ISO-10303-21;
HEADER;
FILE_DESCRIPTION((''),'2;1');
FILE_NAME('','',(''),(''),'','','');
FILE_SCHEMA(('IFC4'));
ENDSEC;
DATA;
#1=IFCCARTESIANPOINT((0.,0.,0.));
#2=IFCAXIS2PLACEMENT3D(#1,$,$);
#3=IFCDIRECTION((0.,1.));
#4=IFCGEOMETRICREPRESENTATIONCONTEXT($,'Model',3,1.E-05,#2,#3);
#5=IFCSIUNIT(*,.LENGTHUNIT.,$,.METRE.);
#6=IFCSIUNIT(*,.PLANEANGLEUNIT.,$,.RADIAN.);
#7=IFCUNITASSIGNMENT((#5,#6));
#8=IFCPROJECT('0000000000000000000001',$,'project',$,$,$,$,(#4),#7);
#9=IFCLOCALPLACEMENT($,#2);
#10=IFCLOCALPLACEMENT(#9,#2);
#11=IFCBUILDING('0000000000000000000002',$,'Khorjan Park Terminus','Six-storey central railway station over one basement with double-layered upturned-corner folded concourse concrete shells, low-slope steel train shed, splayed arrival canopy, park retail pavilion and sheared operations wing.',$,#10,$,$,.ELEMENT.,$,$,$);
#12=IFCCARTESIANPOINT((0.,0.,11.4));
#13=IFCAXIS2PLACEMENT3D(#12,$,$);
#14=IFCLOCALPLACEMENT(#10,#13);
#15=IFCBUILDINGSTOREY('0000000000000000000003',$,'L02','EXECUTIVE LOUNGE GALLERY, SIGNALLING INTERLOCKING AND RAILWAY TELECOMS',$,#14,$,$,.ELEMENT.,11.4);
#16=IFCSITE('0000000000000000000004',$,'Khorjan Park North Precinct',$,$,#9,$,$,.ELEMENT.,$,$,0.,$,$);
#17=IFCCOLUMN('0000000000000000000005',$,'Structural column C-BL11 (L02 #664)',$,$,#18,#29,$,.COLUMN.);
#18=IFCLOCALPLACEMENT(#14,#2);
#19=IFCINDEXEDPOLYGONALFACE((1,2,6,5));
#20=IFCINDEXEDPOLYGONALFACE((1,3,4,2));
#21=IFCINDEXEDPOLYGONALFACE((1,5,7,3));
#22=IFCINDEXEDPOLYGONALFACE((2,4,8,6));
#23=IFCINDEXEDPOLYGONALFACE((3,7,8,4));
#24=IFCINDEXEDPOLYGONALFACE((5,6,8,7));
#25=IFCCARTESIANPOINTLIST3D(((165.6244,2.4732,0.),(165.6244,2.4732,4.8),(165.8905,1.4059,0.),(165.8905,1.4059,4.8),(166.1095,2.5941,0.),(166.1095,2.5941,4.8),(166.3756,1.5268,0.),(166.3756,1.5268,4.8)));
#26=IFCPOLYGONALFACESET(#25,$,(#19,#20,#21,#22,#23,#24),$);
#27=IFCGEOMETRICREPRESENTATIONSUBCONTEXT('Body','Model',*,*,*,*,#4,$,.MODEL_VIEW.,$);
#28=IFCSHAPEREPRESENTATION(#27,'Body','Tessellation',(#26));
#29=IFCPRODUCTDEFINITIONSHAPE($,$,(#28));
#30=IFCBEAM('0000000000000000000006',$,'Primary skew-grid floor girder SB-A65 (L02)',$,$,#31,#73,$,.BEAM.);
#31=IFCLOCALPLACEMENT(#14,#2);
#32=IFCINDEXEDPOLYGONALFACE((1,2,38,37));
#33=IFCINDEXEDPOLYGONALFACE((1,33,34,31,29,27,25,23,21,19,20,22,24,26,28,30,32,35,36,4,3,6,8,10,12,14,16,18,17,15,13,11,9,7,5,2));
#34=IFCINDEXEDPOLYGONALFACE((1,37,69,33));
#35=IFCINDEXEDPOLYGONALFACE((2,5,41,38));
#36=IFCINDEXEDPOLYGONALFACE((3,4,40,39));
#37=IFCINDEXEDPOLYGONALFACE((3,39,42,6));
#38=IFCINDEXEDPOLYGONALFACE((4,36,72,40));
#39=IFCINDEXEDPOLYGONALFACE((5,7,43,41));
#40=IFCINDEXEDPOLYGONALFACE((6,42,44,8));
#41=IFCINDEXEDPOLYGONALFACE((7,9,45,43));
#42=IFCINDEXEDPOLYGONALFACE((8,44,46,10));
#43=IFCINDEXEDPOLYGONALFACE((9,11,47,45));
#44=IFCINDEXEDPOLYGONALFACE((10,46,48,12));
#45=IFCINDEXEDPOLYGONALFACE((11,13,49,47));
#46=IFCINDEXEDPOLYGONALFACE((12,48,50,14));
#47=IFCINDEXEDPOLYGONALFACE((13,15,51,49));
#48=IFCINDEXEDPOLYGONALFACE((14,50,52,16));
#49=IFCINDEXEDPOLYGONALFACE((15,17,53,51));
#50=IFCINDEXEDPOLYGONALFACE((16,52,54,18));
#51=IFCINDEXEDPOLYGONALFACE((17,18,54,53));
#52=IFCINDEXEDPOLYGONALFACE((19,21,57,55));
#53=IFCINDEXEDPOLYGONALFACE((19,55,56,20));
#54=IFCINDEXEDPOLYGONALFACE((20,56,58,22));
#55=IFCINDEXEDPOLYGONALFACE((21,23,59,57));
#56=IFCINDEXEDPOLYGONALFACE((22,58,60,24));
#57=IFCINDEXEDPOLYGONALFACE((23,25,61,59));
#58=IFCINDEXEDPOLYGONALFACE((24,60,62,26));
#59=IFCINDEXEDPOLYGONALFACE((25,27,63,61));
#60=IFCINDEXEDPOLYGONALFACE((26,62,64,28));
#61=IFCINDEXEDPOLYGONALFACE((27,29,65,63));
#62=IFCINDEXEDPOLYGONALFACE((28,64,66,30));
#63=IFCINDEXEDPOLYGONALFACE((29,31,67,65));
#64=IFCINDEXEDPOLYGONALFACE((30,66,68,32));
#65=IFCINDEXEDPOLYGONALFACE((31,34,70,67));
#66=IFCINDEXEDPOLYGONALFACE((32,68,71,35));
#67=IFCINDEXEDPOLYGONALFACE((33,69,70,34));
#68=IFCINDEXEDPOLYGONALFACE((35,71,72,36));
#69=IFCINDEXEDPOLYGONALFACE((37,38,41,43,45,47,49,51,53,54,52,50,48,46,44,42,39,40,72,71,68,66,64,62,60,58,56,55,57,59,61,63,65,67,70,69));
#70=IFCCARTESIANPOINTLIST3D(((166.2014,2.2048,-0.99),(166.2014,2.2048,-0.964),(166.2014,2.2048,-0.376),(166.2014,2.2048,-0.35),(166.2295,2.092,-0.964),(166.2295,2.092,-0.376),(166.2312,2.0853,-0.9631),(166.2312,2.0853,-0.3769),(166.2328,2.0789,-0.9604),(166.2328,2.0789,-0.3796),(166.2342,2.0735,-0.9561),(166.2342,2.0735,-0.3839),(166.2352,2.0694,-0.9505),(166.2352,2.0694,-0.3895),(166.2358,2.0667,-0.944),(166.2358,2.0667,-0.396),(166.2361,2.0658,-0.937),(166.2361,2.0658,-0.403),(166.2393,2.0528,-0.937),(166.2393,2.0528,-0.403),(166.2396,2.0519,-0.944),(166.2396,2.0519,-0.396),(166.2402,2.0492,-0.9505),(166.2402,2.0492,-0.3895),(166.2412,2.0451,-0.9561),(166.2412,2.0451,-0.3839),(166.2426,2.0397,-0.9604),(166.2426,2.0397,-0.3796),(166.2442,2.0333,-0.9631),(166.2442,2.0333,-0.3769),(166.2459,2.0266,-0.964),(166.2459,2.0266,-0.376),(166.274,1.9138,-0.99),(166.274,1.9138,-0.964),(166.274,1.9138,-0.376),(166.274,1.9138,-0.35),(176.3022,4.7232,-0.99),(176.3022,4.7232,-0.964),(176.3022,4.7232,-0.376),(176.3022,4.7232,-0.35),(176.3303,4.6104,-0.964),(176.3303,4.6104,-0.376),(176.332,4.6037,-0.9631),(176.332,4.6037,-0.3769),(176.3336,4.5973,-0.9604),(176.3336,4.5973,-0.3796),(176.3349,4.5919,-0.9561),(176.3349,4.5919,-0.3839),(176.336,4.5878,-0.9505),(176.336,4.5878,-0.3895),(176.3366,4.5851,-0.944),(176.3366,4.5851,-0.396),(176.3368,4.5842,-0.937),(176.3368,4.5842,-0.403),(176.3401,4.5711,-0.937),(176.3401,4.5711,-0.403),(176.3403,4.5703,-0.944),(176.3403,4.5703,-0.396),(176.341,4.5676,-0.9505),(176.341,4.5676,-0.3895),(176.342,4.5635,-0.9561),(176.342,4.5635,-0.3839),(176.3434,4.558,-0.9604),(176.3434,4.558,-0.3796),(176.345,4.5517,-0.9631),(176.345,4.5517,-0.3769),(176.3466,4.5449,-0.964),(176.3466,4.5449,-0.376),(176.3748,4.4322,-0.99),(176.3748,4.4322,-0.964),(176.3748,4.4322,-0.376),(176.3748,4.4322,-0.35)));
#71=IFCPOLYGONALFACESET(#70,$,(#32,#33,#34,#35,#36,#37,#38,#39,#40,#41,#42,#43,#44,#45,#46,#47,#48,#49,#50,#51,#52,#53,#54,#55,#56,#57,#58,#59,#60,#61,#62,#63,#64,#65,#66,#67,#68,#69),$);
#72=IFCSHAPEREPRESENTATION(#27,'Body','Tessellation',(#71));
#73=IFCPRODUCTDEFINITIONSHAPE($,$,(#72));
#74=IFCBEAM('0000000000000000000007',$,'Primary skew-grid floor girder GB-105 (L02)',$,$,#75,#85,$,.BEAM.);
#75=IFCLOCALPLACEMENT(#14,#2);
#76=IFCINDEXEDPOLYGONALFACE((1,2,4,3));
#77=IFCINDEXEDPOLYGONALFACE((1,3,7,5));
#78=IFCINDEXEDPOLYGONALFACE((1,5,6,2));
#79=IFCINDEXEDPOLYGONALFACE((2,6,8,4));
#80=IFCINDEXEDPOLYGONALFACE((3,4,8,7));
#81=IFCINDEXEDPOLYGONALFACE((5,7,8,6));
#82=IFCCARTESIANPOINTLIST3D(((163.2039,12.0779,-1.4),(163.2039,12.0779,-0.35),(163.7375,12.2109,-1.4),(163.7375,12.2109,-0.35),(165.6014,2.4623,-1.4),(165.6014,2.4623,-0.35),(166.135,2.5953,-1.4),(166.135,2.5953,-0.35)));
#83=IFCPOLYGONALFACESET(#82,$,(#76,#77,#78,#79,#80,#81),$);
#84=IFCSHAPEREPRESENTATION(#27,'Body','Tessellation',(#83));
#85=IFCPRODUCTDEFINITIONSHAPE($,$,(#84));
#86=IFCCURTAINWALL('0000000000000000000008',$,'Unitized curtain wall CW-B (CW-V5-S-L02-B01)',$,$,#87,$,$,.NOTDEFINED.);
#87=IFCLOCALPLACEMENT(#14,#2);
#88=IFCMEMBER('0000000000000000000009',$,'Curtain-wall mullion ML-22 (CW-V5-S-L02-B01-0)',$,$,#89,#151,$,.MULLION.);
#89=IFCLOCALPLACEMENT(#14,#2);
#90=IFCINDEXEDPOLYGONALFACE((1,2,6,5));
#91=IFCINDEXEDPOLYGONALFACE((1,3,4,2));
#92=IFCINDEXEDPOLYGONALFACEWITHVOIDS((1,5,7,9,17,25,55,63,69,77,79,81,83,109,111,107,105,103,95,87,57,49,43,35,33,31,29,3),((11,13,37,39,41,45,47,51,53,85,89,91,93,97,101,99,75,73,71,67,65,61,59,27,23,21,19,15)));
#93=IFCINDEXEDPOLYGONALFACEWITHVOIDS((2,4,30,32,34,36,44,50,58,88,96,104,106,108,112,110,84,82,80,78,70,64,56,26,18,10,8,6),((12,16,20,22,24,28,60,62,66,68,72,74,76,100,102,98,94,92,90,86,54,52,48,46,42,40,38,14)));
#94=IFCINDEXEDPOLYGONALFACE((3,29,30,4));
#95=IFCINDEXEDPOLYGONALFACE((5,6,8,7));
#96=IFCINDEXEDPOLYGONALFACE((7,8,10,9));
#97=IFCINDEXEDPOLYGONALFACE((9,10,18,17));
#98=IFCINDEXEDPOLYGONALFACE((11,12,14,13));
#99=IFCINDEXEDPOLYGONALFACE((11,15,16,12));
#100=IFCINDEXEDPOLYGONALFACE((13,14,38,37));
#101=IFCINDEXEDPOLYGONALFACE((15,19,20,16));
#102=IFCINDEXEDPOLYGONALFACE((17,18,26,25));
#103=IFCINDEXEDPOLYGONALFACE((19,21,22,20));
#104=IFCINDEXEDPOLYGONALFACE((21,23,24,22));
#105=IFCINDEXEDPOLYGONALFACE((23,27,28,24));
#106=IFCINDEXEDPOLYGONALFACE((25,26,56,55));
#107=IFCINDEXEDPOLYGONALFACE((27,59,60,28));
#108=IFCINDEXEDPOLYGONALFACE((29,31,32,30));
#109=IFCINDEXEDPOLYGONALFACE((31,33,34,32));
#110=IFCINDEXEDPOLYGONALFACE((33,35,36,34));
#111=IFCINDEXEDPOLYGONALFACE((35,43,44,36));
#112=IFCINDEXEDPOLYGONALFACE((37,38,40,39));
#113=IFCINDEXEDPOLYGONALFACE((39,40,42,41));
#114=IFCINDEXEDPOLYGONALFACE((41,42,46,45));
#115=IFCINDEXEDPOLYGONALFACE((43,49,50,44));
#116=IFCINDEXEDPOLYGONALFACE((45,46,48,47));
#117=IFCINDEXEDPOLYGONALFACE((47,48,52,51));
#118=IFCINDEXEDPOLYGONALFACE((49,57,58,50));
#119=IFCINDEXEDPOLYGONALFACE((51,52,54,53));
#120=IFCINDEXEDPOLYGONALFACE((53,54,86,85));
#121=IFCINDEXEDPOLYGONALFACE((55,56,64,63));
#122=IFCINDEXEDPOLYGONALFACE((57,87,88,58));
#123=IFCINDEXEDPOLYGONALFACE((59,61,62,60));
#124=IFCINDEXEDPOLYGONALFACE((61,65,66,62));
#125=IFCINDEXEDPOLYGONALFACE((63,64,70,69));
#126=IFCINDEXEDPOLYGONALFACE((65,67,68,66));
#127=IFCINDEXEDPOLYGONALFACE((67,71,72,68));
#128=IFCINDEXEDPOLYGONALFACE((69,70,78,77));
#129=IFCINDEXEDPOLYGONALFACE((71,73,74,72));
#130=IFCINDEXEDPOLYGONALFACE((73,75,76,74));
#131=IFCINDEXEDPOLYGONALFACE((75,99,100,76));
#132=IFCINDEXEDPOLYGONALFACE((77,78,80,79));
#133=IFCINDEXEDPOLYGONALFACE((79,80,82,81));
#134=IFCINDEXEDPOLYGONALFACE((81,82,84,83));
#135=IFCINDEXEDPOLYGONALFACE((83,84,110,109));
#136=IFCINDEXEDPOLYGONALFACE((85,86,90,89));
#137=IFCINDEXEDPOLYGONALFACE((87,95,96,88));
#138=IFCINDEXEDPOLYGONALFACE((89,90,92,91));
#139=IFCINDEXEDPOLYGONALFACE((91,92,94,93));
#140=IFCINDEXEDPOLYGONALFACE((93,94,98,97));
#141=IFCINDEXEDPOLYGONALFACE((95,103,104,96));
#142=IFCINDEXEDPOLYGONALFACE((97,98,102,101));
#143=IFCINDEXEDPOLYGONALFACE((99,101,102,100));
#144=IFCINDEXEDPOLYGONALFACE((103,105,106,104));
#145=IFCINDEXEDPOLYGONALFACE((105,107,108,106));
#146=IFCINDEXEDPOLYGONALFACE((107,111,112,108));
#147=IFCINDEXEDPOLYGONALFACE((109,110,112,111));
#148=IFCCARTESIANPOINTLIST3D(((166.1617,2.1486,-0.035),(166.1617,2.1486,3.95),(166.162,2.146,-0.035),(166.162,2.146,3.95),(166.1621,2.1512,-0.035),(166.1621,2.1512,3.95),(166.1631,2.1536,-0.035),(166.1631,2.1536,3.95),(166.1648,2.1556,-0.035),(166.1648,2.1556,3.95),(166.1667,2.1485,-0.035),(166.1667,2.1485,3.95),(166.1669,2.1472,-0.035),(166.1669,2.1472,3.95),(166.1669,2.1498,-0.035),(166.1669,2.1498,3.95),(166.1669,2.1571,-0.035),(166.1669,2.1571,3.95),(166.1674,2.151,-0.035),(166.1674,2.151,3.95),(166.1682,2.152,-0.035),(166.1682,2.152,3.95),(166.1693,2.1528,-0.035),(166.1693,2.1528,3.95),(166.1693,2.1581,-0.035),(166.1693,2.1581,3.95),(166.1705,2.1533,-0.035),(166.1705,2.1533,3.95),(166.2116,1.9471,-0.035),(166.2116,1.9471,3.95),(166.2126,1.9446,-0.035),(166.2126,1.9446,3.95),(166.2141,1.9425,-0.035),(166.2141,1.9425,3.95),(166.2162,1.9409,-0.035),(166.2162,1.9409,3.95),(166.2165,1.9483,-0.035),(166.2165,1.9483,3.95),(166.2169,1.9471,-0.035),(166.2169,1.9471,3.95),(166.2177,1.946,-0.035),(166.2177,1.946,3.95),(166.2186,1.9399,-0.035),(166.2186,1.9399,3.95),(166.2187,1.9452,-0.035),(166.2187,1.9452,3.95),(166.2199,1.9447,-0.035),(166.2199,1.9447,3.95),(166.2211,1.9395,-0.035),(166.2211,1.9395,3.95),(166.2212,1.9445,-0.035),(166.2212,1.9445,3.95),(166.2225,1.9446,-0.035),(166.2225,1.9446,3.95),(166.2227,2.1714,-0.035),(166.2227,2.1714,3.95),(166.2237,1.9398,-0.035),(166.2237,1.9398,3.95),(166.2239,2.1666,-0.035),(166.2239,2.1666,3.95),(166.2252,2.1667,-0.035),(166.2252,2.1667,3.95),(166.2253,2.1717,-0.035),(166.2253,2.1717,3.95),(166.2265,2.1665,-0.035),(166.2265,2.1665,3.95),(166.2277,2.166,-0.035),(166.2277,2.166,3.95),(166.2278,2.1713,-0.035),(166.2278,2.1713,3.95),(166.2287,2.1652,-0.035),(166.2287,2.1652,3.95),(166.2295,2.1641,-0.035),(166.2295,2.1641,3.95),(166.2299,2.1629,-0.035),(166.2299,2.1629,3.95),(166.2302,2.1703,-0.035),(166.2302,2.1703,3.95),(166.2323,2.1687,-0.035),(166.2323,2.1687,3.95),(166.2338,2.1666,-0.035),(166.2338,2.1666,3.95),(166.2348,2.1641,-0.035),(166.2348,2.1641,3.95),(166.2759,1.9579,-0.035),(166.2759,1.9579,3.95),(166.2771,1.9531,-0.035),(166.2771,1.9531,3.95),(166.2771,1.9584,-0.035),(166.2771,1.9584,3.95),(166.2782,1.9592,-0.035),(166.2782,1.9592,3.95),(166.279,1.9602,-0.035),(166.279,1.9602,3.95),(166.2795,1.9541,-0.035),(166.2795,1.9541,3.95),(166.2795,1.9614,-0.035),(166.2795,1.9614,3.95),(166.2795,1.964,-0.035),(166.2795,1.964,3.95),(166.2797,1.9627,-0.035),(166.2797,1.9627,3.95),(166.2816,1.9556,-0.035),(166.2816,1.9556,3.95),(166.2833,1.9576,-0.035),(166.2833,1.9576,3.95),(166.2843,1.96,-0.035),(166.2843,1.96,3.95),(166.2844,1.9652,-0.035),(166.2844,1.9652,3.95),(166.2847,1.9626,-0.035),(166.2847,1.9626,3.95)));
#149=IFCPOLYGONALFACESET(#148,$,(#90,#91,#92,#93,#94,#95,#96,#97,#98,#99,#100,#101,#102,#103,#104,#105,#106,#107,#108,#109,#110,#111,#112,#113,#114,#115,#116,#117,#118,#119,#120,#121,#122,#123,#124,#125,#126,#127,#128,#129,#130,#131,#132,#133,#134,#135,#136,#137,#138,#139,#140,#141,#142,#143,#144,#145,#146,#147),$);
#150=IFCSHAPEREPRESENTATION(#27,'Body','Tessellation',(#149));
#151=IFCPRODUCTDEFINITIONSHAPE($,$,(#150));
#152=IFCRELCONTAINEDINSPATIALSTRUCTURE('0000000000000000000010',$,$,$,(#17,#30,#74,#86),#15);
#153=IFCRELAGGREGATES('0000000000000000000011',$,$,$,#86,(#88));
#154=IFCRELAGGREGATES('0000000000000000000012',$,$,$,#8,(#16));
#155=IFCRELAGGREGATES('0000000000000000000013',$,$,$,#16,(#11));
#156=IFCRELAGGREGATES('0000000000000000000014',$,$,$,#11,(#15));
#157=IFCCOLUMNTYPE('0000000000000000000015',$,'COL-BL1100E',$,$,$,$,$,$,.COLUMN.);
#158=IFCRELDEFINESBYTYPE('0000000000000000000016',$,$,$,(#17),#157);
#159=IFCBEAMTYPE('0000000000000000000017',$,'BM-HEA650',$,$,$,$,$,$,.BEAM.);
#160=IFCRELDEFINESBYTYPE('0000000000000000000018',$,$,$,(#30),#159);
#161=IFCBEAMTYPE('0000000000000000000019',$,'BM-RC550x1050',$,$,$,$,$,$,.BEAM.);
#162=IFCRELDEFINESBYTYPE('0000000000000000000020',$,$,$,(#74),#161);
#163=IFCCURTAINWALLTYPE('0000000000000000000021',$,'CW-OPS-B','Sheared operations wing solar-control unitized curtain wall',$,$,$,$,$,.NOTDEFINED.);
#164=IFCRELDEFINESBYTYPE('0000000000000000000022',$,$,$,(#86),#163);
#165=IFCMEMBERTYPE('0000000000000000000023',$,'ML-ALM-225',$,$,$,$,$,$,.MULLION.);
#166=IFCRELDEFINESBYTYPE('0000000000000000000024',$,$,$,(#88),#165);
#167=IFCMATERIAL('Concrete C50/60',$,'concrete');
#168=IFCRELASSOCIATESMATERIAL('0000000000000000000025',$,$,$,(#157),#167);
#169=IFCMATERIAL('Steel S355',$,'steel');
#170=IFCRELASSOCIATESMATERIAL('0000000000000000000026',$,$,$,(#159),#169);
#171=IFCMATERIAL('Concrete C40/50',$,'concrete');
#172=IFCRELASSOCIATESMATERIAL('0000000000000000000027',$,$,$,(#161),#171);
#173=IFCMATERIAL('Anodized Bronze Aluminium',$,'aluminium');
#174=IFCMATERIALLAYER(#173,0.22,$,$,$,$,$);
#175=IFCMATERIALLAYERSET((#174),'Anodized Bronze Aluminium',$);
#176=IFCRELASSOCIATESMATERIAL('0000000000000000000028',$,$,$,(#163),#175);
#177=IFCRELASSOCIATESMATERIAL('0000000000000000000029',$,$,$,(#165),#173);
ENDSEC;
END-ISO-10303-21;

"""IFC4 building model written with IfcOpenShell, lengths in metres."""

from ifc_helpers import new_model, si_unit, direction, frame, origin, origin_2d, place, context, subcontext, project, spatial, rectangle, hollow_rectangle, i_section, extrude, material, layer, layer_set, material_profile, profile_set, type_object, element, aggregate, save


model = new_model("IFC4")

# Units and contexts
model_context = context("Model", 3, precision=1e-05, world=origin(), true_north=direction((0.0, 1.0)))
body_context = subcontext(model_context, "Body", "Model", "MODEL_VIEW")
ifc_project = project(units=[si_unit("LENGTHUNIT", "METRE"), si_unit("PLANEANGLEUNIT", "RADIAN")], contexts=[model_context])

# Site, building, storey
site_placement = place(None, origin())
site = spatial("IfcSite", under=ifc_project, at=site_placement, Name="Khorjan Park North Precinct", CompositionType="ELEMENT", RefElevation=0.0)
building_placement = place(site_placement, origin())
building = spatial("IfcBuilding", under=site, at=building_placement, Name="Khorjan Park Terminus", Description="Six-storey central railway station over one basement with double-layered upturned-corner folded concourse concrete shells, low-slope steel train shed, splayed arrival canopy, park retail pavilion and sheared operations wing.", CompositionType="ELEMENT")
storey_placement = place(building_placement, frame((0.0, 0.0, 11.4)))
storey = spatial("IfcBuildingStorey", under=building, at=storey_placement, Name="L02", Description="EXECUTIVE LOUNGE GALLERY, SIGNALLING INTERLOCKING AND RAILWAY TELECOMS", CompositionType="ELEMENT", Elevation=11.4)

# Column
ifc_material_1 = material(Name="Concrete C50/60", Category="concrete")
ifc_material_profile_1 = material_profile(ifc_material_1, rectangle(XDim=0.5, YDim=1.1, at=origin_2d()), Name="RC 500x1100")
ifc_profile_set_1 = profile_set([ifc_material_profile_1], Name="Concrete C50/60")
column_type = type_object("IfcColumnType", Name="COL-BL1100E", PredefinedType="COLUMN", material=ifc_profile_set_1)
column_placement = place(storey_placement, frame((166.0, 2.0, 0.0), z_axis=(0.0, 0.0, 1.0), x_axis=(0.970296, 0.241922, 0.0)))
element("IfcColumn", 1, at=column_placement, inside=storey, type_object=column_type, Name="Structural column C-BL11 (L02 #664)", PredefinedType="COLUMN", context=body_context, shape_type="SweptSolid", body=[
    extrude(rectangle(XDim=0.5, YDim=1.1, at=origin_2d()), origin(), (0.0, 0.0, 1.0), 4.8),
])

# Beams
ifc_material_2 = material(Name="Steel S355", Category="steel")
ifc_material_profile_2 = material_profile(ifc_material_2, i_section(OverallWidth=0.3, OverallDepth=0.64, WebThickness=0.0135, FlangeThickness=0.026, FilletRadius=0.027, at=origin_2d()), Name="HEA 650")
ifc_profile_set_2 = profile_set([ifc_material_profile_2], Name="Steel S355")
beam_type_1 = type_object("IfcBeamType", Name="BM-HEA650", PredefinedType="BEAM", material=ifc_profile_set_2)
beam_1_placement = place(storey_placement, frame((166.2377, 2.0593, -0.67), z_axis=(0.970296, 0.241921, 0.0), x_axis=(-0.241921, 0.970296, 0.0)))
element("IfcBeam", 2, at=beam_1_placement, inside=storey, type_object=beam_type_1, Name="Primary skew-grid floor girder SB-A65 (L02)", PredefinedType="BEAM", context=body_context, shape_type="SweptSolid", body=[
    extrude(i_section(OverallWidth=0.3, OverallDepth=0.64, WebThickness=0.0135, FlangeThickness=0.026, FilletRadius=0.027, at=origin_2d()), origin(), (0.0, 0.0, 1.0), 10.41),
])
ifc_material_3 = material(Name="Concrete C40/50", Category="concrete")
ifc_material_profile_3 = material_profile(ifc_material_3, rectangle(XDim=0.55, YDim=1.05, at=origin_2d()), Name="RC 550x1050")
ifc_profile_set_3 = profile_set([ifc_material_profile_3], Name="Concrete C40/50")
beam_type_2 = type_object("IfcBeamType", Name="BM-RC550x1050", PredefinedType="BEAM", material=ifc_profile_set_3)
beam_2_placement = place(storey_placement, frame((165.8682, 2.5288, -0.875), z_axis=(-0.241928, 0.970294, 0.0), x_axis=(-0.970294, -0.241928, 0.0)))
element("IfcBeam", 3, at=beam_2_placement, inside=storey, type_object=beam_type_2, Name="Primary skew-grid floor girder GB-105 (L02)", PredefinedType="BEAM", context=body_context, shape_type="SweptSolid", body=[
    extrude(rectangle(XDim=0.55, YDim=1.05, at=origin_2d()), origin(), (0.0, 0.0, 1.0), 9.91),
])

# Curtain wall, member
ifc_material_4 = material(Name="Anodized Bronze Aluminium", Category="aluminium")
ifc_layer_1 = layer(ifc_material_4, 0.22)
ifc_layer_set_1 = layer_set([ifc_layer_1], Name="Anodized Bronze Aluminium")
curtain_wall_type = type_object("IfcCurtainWallType", Name="CW-OPS-B", Description="Sheared operations wing solar-control unitized curtain wall", PredefinedType="NOTDEFINED", material=ifc_layer_set_1)
curtain_wall_1_placement = place(storey_placement, origin())
curtain_wall_1 = element("IfcCurtainWall", 4, at=curtain_wall_1_placement, inside=storey, type_object=curtain_wall_type, Name="Unitized curtain wall CW-B (CW-V5-S-L02-B01)", PredefinedType="NOTDEFINED")
ifc_material_profile_4 = material_profile(ifc_material_4, hollow_rectangle(XDim=0.075, YDim=0.225, WallThickness=0.005, InnerFilletRadius=0.005, OuterFilletRadius=0.01, at=origin_2d()), Name="ALM 75x225x5")
ifc_profile_set_4 = profile_set([ifc_material_profile_4], Name="Anodized Bronze Aluminium")
member_type_1 = type_object("IfcMemberType", Name="ML-ALM-225", PredefinedType="MULLION", material=ifc_profile_set_4)
member_1_placement = place(storey_placement, frame((166.2232, 2.0556, -0.035), z_axis=(0.0, 0.0, 1.0), x_axis=(0.970296, 0.241923, 0.0)))
member_1 = element("IfcMember", 5, at=member_1_placement, type_object=member_type_1, Name="Curtain-wall mullion ML-22 (CW-V5-S-L02-B01-0)", PredefinedType="MULLION", context=body_context, shape_type="SweptSolid", body=[
    extrude(hollow_rectangle(XDim=0.075, YDim=0.225, WallThickness=0.005, InnerFilletRadius=0.005, OuterFilletRadius=0.01, at=origin_2d()), origin(), (0.0, 0.0, 1.0), 3.985),
])

aggregate(curtain_wall_1, [member_1])

save(model, "model.ifc")
